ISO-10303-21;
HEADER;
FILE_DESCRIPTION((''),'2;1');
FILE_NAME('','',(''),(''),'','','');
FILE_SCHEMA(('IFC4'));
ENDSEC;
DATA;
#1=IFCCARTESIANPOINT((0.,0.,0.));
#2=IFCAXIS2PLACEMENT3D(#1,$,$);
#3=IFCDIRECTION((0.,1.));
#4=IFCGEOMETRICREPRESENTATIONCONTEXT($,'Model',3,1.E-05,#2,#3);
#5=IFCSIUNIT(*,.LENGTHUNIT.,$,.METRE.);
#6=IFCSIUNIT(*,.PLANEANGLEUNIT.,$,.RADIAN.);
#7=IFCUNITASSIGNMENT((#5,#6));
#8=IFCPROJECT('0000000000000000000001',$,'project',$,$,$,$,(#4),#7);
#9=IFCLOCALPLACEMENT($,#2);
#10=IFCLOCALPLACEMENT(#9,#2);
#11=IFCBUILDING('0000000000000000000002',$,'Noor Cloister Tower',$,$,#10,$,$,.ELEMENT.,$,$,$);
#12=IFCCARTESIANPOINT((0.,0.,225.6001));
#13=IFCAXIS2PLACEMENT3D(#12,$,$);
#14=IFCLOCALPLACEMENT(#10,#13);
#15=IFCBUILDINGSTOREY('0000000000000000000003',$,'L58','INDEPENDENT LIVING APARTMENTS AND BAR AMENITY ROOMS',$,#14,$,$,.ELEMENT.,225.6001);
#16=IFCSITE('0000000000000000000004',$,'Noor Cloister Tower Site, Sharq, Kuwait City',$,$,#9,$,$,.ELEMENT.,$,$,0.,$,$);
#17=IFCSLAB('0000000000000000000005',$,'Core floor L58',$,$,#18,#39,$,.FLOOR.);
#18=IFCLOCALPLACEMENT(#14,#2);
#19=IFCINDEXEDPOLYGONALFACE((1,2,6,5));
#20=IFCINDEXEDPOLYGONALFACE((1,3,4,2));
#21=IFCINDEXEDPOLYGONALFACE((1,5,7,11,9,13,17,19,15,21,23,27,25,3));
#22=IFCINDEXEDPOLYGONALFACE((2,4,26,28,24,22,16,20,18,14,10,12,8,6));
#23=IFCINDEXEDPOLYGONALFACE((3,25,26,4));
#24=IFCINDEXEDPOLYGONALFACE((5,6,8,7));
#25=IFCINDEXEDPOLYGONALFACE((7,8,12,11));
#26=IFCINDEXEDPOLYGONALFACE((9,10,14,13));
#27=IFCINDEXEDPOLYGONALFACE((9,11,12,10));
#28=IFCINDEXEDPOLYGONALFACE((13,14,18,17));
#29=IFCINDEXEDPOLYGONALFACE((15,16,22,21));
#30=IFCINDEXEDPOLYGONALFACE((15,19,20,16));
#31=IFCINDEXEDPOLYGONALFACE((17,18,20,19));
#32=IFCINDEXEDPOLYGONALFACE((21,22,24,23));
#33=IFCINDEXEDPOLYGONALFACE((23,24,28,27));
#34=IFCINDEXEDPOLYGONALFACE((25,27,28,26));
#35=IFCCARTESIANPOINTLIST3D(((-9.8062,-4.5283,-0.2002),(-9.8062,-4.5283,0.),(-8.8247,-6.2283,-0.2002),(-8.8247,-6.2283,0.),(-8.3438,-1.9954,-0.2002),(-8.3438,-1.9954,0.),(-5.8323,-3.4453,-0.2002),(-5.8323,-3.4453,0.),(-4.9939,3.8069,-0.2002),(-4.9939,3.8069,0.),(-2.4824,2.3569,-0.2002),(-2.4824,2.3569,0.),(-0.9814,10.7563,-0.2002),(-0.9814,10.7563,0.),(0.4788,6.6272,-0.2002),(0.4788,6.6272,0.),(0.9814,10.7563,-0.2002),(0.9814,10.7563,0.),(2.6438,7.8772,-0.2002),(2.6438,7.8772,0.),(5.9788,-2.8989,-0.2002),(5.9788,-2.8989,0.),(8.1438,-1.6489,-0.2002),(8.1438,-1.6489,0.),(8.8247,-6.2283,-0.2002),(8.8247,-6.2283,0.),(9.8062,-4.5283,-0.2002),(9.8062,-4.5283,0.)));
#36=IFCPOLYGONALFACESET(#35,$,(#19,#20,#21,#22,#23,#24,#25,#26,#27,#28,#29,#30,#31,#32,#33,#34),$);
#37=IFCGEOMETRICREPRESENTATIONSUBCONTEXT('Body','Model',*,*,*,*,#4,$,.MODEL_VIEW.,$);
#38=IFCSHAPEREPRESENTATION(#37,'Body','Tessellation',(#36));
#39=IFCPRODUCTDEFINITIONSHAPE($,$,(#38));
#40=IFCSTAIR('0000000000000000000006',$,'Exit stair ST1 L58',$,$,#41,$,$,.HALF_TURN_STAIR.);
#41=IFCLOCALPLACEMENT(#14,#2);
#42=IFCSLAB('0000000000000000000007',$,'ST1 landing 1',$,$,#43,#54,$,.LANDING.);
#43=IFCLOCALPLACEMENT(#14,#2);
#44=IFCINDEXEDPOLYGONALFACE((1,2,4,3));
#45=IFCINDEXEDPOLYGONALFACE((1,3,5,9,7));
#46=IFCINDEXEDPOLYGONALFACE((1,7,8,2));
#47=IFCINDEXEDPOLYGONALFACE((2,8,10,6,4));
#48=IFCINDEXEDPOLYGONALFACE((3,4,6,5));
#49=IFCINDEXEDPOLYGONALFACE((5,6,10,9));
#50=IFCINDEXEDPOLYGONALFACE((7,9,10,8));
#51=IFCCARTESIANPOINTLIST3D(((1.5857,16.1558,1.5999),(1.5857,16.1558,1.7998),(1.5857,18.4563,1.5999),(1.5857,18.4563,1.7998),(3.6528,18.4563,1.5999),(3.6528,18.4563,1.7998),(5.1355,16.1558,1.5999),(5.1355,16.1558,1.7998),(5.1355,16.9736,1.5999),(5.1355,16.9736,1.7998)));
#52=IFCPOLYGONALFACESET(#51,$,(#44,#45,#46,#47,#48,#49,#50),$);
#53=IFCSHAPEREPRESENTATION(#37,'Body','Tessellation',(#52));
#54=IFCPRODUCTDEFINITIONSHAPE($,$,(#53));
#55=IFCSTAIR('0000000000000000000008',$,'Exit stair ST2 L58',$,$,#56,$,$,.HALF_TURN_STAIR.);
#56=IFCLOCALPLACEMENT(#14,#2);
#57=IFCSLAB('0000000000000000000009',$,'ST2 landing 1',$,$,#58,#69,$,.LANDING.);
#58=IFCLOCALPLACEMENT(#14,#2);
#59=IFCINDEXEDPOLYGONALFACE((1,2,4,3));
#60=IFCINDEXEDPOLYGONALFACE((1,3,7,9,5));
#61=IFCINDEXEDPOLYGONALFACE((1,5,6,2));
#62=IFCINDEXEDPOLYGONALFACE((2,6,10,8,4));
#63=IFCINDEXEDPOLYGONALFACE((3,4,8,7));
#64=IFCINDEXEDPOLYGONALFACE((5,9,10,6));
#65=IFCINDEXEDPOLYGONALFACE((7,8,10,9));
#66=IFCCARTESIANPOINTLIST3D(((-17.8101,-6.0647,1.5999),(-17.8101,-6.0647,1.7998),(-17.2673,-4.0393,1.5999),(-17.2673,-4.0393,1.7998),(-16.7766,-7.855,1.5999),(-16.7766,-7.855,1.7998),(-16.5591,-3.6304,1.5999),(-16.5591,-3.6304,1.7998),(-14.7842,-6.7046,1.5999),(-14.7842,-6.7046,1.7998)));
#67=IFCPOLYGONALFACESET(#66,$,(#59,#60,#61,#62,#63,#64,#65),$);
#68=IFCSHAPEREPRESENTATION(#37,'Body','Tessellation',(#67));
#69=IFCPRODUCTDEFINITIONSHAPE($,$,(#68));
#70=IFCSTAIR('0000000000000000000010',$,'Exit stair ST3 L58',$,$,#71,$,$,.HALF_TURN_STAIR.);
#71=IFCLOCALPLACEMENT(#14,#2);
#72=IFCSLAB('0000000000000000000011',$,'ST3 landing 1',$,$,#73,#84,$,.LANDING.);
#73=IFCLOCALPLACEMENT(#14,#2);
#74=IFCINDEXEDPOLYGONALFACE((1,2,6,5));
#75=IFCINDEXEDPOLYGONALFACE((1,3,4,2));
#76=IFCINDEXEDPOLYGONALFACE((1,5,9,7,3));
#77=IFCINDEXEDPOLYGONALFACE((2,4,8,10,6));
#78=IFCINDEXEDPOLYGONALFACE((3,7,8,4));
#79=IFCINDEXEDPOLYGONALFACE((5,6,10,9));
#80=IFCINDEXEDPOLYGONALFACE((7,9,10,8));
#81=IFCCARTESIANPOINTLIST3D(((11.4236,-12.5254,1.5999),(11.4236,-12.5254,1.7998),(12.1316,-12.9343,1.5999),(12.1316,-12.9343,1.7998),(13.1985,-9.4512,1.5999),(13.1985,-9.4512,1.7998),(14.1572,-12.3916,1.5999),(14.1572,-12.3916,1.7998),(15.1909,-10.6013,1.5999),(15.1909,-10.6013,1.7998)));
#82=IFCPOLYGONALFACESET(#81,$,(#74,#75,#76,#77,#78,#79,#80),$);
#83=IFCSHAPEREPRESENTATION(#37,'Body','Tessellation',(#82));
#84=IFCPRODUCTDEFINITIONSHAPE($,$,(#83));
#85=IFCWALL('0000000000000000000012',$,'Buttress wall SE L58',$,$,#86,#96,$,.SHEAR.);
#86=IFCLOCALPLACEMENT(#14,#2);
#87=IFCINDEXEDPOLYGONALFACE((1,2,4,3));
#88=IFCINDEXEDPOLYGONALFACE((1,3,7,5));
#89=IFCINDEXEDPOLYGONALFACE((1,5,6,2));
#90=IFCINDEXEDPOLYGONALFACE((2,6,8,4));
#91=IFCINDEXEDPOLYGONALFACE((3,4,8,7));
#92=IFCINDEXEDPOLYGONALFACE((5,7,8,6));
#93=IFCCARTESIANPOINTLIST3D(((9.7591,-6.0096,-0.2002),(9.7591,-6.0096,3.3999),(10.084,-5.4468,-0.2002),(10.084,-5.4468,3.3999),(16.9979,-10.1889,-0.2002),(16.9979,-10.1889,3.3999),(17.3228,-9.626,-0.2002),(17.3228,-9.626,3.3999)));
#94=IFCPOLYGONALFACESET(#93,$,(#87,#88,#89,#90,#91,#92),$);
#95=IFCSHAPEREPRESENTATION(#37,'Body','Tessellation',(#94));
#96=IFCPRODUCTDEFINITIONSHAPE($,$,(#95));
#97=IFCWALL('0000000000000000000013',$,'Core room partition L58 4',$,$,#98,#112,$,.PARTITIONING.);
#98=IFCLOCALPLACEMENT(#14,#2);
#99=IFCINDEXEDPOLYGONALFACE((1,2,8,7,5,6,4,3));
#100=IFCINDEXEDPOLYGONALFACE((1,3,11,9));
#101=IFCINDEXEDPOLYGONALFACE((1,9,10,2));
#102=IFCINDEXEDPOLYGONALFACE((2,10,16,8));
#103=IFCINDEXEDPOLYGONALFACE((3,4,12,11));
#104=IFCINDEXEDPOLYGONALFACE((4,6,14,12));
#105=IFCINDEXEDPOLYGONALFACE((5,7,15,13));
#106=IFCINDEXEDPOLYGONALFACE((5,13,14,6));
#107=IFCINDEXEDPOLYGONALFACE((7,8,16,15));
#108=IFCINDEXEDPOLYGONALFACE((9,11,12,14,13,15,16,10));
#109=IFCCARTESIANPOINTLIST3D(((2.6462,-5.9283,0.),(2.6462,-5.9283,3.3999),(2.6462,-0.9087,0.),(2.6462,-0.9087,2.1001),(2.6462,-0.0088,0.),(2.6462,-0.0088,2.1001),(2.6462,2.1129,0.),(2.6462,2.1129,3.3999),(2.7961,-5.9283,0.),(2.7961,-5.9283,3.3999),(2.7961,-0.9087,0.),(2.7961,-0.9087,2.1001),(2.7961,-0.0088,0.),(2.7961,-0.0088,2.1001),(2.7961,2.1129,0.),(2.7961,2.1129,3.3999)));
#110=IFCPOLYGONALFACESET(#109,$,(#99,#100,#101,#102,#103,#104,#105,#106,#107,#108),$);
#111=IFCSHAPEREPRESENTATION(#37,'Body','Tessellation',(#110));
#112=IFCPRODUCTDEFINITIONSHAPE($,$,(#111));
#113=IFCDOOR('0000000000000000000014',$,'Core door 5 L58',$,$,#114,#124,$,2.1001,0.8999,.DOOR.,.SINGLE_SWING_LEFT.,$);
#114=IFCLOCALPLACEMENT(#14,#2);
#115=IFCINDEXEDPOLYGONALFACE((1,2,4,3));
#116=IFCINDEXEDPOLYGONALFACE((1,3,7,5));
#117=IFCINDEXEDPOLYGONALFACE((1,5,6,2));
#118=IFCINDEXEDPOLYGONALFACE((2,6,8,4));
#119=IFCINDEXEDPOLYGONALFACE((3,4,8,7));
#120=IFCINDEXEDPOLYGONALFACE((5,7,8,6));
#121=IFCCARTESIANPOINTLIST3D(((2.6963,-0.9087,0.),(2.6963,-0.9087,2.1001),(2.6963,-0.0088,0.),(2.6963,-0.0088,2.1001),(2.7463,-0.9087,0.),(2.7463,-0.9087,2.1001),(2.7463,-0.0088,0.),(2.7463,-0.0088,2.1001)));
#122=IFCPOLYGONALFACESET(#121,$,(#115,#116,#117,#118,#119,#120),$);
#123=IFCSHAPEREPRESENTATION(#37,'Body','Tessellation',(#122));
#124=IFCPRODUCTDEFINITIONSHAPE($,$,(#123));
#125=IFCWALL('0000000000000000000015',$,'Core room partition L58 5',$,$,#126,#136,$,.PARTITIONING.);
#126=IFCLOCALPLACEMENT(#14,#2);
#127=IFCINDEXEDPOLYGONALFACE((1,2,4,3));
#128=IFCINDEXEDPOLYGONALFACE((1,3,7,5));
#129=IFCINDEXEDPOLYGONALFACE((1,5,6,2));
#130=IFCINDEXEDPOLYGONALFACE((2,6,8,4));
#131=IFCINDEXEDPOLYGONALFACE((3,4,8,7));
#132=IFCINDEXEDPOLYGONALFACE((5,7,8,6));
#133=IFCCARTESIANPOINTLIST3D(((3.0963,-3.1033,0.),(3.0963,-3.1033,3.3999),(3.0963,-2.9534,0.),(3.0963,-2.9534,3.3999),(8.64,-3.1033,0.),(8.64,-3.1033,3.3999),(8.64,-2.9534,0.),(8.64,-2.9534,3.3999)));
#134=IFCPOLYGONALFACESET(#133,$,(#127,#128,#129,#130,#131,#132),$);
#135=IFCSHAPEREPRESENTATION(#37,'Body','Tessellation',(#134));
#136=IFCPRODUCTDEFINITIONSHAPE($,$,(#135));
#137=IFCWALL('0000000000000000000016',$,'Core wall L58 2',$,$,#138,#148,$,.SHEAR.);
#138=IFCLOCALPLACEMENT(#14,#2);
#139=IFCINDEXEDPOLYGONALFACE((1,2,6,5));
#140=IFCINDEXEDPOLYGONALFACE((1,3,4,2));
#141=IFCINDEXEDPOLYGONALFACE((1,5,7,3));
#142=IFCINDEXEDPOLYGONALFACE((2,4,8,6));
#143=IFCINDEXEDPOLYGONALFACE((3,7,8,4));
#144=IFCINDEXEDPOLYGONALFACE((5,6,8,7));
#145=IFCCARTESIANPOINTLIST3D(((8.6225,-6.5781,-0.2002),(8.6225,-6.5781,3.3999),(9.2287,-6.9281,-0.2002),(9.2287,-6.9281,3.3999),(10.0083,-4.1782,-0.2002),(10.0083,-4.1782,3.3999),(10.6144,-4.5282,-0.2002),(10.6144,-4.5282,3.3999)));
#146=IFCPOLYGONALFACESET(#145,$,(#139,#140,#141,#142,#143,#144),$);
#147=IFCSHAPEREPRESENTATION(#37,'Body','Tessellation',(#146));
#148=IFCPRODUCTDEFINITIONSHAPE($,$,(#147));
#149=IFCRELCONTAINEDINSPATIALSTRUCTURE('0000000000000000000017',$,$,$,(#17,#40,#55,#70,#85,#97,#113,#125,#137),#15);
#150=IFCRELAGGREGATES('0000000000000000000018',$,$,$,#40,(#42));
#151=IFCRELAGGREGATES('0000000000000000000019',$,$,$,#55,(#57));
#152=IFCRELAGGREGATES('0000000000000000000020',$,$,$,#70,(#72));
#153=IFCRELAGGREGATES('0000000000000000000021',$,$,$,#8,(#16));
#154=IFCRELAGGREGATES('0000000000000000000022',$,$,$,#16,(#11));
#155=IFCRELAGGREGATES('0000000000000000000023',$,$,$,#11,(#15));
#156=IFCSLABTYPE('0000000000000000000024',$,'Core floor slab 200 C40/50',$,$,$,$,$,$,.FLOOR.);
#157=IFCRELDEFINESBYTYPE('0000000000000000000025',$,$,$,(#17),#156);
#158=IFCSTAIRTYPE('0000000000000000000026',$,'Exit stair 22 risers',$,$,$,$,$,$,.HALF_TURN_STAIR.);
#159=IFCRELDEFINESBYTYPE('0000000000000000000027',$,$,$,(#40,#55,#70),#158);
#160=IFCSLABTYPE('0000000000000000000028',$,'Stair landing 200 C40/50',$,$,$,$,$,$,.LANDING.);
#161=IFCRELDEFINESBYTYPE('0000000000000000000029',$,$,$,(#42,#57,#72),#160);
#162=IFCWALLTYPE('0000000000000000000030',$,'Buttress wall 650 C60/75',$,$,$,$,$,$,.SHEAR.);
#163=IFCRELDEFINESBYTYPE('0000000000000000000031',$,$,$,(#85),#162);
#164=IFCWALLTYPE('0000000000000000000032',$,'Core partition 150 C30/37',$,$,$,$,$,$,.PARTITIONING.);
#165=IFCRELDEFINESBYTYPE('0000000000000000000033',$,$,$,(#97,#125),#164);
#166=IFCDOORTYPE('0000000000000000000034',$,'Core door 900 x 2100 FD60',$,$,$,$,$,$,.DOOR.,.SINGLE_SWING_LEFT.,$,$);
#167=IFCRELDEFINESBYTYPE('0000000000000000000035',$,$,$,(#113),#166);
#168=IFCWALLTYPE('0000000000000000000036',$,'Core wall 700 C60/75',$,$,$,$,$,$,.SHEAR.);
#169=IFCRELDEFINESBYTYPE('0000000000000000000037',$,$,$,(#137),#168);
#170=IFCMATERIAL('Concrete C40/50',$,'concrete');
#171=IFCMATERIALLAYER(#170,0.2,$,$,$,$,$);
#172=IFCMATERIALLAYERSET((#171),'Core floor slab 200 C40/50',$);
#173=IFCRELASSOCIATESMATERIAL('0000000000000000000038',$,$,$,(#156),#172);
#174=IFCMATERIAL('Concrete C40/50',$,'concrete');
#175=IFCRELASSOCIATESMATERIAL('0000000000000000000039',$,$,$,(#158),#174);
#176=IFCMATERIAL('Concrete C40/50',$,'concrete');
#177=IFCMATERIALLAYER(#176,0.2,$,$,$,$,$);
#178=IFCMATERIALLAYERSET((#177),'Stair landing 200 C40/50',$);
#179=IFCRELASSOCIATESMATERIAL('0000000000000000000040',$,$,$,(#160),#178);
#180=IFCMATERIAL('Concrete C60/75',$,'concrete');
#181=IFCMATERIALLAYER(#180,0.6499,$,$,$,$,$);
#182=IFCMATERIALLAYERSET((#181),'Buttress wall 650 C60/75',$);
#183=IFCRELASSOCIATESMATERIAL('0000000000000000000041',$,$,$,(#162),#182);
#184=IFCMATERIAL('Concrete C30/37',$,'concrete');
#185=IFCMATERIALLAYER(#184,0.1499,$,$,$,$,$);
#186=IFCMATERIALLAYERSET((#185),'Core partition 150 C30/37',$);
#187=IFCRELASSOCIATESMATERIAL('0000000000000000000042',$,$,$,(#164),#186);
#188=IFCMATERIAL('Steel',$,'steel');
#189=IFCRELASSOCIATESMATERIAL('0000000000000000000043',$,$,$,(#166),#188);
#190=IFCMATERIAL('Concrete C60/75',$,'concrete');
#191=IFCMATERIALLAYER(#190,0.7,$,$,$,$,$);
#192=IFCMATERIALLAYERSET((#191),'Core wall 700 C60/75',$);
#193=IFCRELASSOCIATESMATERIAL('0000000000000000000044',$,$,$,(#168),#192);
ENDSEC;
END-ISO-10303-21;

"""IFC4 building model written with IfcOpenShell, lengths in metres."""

from ifc_helpers import new_model, si_unit, direction, frame, frame_2d, origin, place, context, subcontext, project, spatial, polyline, rectangle, outline, extrude, material, layer, layer_set, type_object, element, fill, aggregate, save


model = new_model("IFC4")

# Units and contexts
model_context = context("Model", 3, precision=1e-05, world=origin(), true_north=direction((0.0, 1.0)))
body_context = subcontext(model_context, "Body", "Model", "MODEL_VIEW")
ifc_project = project(units=[si_unit("LENGTHUNIT", "METRE"), si_unit("PLANEANGLEUNIT", "RADIAN")], contexts=[model_context])

# Site, building, storey
site_placement = place(None, origin())
site = spatial("IfcSite", under=ifc_project, at=site_placement, Name="Noor Cloister Tower Site, Sharq, Kuwait City", CompositionType="ELEMENT", RefElevation=0.0)
building_placement = place(site_placement, origin())
building = spatial("IfcBuilding", under=site, at=building_placement, Name="Noor Cloister Tower", CompositionType="ELEMENT")
storey_placement = place(building_placement, frame((0.0, 0.0, 225.6001)))
storey = spatial("IfcBuildingStorey", under=building, at=storey_placement, Name="L58", Description="INDEPENDENT LIVING APARTMENTS AND BAR AMENITY ROOMS", CompositionType="ELEMENT", Elevation=225.6001)

# Slab
ifc_material_1 = material(Name="Concrete C40/50", Category="concrete")
ifc_layer_1 = layer(ifc_material_1, 0.2)
ifc_layer_set_1 = layer_set([ifc_layer_1], Name="Core floor slab 200 C40/50")
slab_type_1 = type_object("IfcSlabType", Name="Core floor slab 200 C40/50", PredefinedType="FLOOR", material=ifc_layer_set_1)
slab_1_placement = place(storey_placement, frame((0.0, 0.0, -0.2002)))
element("IfcSlab", 1, at=slab_1_placement, inside=storey, type_object=slab_type_1, Name="Core floor L58", PredefinedType="FLOOR", context=body_context, shape_type="SweptSolid", body=[
    extrude(outline(polyline([(2.6438, 7.8772), (0.9814, 10.7563), (-0.9814, 10.7563), (-4.9939, 3.8069), (-2.4824, 2.3569), (-5.8323, -3.4453), (-8.3438, -1.9954), (-9.8062, -4.5283), (-8.8247, -6.2283), (8.8247, -6.2283), (9.8062, -4.5283), (8.1438, -1.6489), (5.9788, -2.8989), (0.4788, 6.6272), (2.6438, 7.8772)])), origin(), (0.0, 0.0, 1.0), 0.2002),
])

# Stairs, slabs
ifc_material_2 = material(Name="Concrete C40/50", Category="concrete")
stair_type = type_object("IfcStairType", Name="Exit stair 22 risers", PredefinedType="HALF_TURN_STAIR", material=ifc_material_2)
stair_1_placement = place(storey_placement, origin())
stair_1 = element("IfcStair", 2, at=stair_1_placement, inside=storey, type_object=stair_type, Name="Exit stair ST1 L58", PredefinedType="HALF_TURN_STAIR")
ifc_material_3 = material(Name="Concrete C40/50", Category="concrete")
ifc_layer_2 = layer(ifc_material_3, 0.2)
ifc_layer_set_2 = layer_set([ifc_layer_2], Name="Stair landing 200 C40/50")
slab_type_2 = type_object("IfcSlabType", Name="Stair landing 200 C40/50", PredefinedType="LANDING", material=ifc_layer_set_2)
slab_2_placement = place(storey_placement, frame((0.0, 0.0, 1.5999)))
slab_2 = element("IfcSlab", 3, at=slab_2_placement, type_object=slab_type_2, Name="ST1 landing 1", PredefinedType="LANDING", context=body_context, shape_type="SweptSolid", body=[
    extrude(outline(polyline([(5.1355, 16.1558), (5.1355, 16.9736), (3.6528, 18.4563), (1.5857, 18.4563), (1.5857, 16.1558), (5.1355, 16.1558)])), origin(), (0.0, 0.0, 1.0), 0.2),
])
aggregate(stair_1, [slab_2])
stair_2_placement = place(storey_placement, origin())
stair_2 = element("IfcStair", 4, at=stair_2_placement, inside=storey, type_object=stair_type, Name="Exit stair ST2 L58", PredefinedType="HALF_TURN_STAIR")
slab_3_placement = place(storey_placement, frame((0.0, 0.0, 1.5999)))
slab_3 = element("IfcSlab", 5, at=slab_3_placement, type_object=slab_type_2, Name="ST2 landing 1", PredefinedType="LANDING", context=body_context, shape_type="SweptSolid", body=[
    extrude(outline(polyline([(-16.5591, -3.6304), (-17.2673, -4.0393), (-17.8101, -6.0647), (-16.7766, -7.855), (-14.7842, -6.7046), (-16.5591, -3.6304)])), origin(), (0.0, 0.0, 1.0), 0.2),
])
aggregate(stair_2, [slab_3])
stair_3_placement = place(storey_placement, origin())
stair_3 = element("IfcStair", 6, at=stair_3_placement, inside=storey, type_object=stair_type, Name="Exit stair ST3 L58", PredefinedType="HALF_TURN_STAIR")
slab_4_placement = place(storey_placement, frame((0.0, 0.0, 1.5999)))
slab_4 = element("IfcSlab", 7, at=slab_4_placement, type_object=slab_type_2, Name="ST3 landing 1", PredefinedType="LANDING", context=body_context, shape_type="SweptSolid", body=[
    extrude(outline(polyline([(11.4236, -12.5254), (12.1316, -12.9343), (14.1572, -12.3916), (15.1909, -10.6013), (13.1985, -9.4512), (11.4236, -12.5254)])), origin(), (0.0, 0.0, 1.0), 0.2),
])
aggregate(stair_3, [slab_4])

# Wall
ifc_material_4 = material(Name="Concrete C60/75", Category="concrete")
ifc_layer_3 = layer(ifc_material_4, 0.6499)
ifc_layer_set_3 = layer_set([ifc_layer_3], Name="Buttress wall 650 C60/75")
wall_type_1 = type_object("IfcWallType", Name="Buttress wall 650 C60/75", PredefinedType="SHEAR", material=ifc_layer_set_3)
wall_1_placement = place(storey_placement, frame((9.9216, -5.7283, -0.2002), z_axis=(0.0, 0.0, 1.0), x_axis=(0.866031, -0.49999, 0.0)))
element("IfcWall", 8, at=wall_1_placement, inside=storey, type_object=wall_type_1, Name="Buttress wall SE L58", PredefinedType="SHEAR", context=body_context, shape_type="SweptSolid", body=[
    extrude(rectangle(XDim=8.3586, YDim=0.6499, at=frame_2d((4.1792, 0.0))), origin(), (0.0, 0.0, 1.0), 3.6001),
])

# Wall, opening, door
ifc_material_5 = material(Name="Concrete C30/37", Category="concrete")
ifc_layer_4 = layer(ifc_material_5, 0.1499)
ifc_layer_set_4 = layer_set([ifc_layer_4], Name="Core partition 150 C30/37")
wall_type_2 = type_object("IfcWallType", Name="Core partition 150 C30/37", PredefinedType="PARTITIONING", material=ifc_layer_set_4)
wall_2_placement = place(storey_placement, frame((2.7212, -5.9282, 0.0), z_axis=(0.0, 0.0, 1.0), x_axis=(0.0, 1.0, 0.0)))
wall_2 = element("IfcWall", 9, at=wall_2_placement, inside=storey, type_object=wall_type_2, Name="Core room partition L58 4", PredefinedType="PARTITIONING", context=body_context, shape_type="SweptSolid", body=[
    extrude(rectangle(XDim=8.0413, YDim=0.1499, at=frame_2d((4.0205, 0.0))), origin(), (0.0, 0.0, 1.0), 3.3999),
])
opening_1_placement = place(wall_2_placement, frame((5.0195, 0.0, 0.0)))
opening_1 = element("IfcOpeningElement", 10, at=opening_1_placement, cuts=wall_2, PredefinedType="OPENING", context=body_context, shape_type="SweptSolid", body=[
    extrude(rectangle(XDim=0.8999, YDim=2.1001, at=frame_2d((0.45, 1.05))), frame((0.0, 0.085, 0.0), z_axis=(0.0, -1.0, 0.0), x_axis=(1.0, 0.0, 0.0)), (0.0, 0.0, 1.0), 0.1699),
])
ifc_material_6 = material(Name="Steel", Category="steel")
door_type_1 = type_object("IfcDoorType", Name="Core door 900 x 2100 FD60", OperationType="SINGLE_SWING_LEFT", PredefinedType="DOOR", material=ifc_material_6)
door_1_placement = place(opening_1_placement, origin())
door_1 = element("IfcDoor", 11, at=door_1_placement, inside=storey, type_object=door_type_1, Name="Core door 5 L58", OperationType="SINGLE_SWING_LEFT", OverallHeight=2.1001, OverallWidth=0.8999, PredefinedType="DOOR", context=body_context, shape_type="SweptSolid", body=[
    extrude(rectangle(XDim=0.8999, YDim=2.1001, at=frame_2d((0.45, 1.05))), frame((0.0, 0.0249, 0.0), z_axis=(0.0, -1.0, 0.0), x_axis=(1.0, 0.0, 0.0)), (0.0, 0.0, 1.0), 0.05),
])
fill(opening_1, door_1)

# Walls
wall_3_placement = place(storey_placement, frame((3.0962, -3.0283, 0.0), z_axis=(0.0, 0.0, 1.0), x_axis=(1.0, 0.0, 0.0)))
element("IfcWall", 12, at=wall_3_placement, inside=storey, type_object=wall_type_2, Name="Core room partition L58 5", PredefinedType="PARTITIONING", context=body_context, shape_type="SweptSolid", body=[
    extrude(rectangle(XDim=5.5437, YDim=0.1499, at=frame_2d((2.772, 0.0))), origin(), (0.0, 0.0, 1.0), 3.3999),
])
ifc_material_7 = material(Name="Concrete C60/75", Category="concrete")
ifc_layer_5 = layer(ifc_material_7, 0.7)
ifc_layer_set_5 = layer_set([ifc_layer_5], Name="Core wall 700 C60/75")
wall_type_3 = type_object("IfcWallType", Name="Core wall 700 C60/75", PredefinedType="SHEAR", material=ifc_layer_set_5)
wall_4_placement = place(storey_placement, frame((8.9255, -6.7532, -0.2002), z_axis=(0.0, 0.0, 1.0), x_axis=(0.500043, 0.866001, 0.0)))
element("IfcWall", 13, at=wall_4_placement, inside=storey, type_object=wall_type_3, Name="Core wall L58 2", PredefinedType="SHEAR", context=body_context, shape_type="SweptSolid", body=[
    extrude(rectangle(XDim=2.7712, YDim=0.7, at=frame_2d((1.3857, 0.0))), origin(), (0.0, 0.0, 1.0), 3.6001),
])

save(model, "model.ifc")
